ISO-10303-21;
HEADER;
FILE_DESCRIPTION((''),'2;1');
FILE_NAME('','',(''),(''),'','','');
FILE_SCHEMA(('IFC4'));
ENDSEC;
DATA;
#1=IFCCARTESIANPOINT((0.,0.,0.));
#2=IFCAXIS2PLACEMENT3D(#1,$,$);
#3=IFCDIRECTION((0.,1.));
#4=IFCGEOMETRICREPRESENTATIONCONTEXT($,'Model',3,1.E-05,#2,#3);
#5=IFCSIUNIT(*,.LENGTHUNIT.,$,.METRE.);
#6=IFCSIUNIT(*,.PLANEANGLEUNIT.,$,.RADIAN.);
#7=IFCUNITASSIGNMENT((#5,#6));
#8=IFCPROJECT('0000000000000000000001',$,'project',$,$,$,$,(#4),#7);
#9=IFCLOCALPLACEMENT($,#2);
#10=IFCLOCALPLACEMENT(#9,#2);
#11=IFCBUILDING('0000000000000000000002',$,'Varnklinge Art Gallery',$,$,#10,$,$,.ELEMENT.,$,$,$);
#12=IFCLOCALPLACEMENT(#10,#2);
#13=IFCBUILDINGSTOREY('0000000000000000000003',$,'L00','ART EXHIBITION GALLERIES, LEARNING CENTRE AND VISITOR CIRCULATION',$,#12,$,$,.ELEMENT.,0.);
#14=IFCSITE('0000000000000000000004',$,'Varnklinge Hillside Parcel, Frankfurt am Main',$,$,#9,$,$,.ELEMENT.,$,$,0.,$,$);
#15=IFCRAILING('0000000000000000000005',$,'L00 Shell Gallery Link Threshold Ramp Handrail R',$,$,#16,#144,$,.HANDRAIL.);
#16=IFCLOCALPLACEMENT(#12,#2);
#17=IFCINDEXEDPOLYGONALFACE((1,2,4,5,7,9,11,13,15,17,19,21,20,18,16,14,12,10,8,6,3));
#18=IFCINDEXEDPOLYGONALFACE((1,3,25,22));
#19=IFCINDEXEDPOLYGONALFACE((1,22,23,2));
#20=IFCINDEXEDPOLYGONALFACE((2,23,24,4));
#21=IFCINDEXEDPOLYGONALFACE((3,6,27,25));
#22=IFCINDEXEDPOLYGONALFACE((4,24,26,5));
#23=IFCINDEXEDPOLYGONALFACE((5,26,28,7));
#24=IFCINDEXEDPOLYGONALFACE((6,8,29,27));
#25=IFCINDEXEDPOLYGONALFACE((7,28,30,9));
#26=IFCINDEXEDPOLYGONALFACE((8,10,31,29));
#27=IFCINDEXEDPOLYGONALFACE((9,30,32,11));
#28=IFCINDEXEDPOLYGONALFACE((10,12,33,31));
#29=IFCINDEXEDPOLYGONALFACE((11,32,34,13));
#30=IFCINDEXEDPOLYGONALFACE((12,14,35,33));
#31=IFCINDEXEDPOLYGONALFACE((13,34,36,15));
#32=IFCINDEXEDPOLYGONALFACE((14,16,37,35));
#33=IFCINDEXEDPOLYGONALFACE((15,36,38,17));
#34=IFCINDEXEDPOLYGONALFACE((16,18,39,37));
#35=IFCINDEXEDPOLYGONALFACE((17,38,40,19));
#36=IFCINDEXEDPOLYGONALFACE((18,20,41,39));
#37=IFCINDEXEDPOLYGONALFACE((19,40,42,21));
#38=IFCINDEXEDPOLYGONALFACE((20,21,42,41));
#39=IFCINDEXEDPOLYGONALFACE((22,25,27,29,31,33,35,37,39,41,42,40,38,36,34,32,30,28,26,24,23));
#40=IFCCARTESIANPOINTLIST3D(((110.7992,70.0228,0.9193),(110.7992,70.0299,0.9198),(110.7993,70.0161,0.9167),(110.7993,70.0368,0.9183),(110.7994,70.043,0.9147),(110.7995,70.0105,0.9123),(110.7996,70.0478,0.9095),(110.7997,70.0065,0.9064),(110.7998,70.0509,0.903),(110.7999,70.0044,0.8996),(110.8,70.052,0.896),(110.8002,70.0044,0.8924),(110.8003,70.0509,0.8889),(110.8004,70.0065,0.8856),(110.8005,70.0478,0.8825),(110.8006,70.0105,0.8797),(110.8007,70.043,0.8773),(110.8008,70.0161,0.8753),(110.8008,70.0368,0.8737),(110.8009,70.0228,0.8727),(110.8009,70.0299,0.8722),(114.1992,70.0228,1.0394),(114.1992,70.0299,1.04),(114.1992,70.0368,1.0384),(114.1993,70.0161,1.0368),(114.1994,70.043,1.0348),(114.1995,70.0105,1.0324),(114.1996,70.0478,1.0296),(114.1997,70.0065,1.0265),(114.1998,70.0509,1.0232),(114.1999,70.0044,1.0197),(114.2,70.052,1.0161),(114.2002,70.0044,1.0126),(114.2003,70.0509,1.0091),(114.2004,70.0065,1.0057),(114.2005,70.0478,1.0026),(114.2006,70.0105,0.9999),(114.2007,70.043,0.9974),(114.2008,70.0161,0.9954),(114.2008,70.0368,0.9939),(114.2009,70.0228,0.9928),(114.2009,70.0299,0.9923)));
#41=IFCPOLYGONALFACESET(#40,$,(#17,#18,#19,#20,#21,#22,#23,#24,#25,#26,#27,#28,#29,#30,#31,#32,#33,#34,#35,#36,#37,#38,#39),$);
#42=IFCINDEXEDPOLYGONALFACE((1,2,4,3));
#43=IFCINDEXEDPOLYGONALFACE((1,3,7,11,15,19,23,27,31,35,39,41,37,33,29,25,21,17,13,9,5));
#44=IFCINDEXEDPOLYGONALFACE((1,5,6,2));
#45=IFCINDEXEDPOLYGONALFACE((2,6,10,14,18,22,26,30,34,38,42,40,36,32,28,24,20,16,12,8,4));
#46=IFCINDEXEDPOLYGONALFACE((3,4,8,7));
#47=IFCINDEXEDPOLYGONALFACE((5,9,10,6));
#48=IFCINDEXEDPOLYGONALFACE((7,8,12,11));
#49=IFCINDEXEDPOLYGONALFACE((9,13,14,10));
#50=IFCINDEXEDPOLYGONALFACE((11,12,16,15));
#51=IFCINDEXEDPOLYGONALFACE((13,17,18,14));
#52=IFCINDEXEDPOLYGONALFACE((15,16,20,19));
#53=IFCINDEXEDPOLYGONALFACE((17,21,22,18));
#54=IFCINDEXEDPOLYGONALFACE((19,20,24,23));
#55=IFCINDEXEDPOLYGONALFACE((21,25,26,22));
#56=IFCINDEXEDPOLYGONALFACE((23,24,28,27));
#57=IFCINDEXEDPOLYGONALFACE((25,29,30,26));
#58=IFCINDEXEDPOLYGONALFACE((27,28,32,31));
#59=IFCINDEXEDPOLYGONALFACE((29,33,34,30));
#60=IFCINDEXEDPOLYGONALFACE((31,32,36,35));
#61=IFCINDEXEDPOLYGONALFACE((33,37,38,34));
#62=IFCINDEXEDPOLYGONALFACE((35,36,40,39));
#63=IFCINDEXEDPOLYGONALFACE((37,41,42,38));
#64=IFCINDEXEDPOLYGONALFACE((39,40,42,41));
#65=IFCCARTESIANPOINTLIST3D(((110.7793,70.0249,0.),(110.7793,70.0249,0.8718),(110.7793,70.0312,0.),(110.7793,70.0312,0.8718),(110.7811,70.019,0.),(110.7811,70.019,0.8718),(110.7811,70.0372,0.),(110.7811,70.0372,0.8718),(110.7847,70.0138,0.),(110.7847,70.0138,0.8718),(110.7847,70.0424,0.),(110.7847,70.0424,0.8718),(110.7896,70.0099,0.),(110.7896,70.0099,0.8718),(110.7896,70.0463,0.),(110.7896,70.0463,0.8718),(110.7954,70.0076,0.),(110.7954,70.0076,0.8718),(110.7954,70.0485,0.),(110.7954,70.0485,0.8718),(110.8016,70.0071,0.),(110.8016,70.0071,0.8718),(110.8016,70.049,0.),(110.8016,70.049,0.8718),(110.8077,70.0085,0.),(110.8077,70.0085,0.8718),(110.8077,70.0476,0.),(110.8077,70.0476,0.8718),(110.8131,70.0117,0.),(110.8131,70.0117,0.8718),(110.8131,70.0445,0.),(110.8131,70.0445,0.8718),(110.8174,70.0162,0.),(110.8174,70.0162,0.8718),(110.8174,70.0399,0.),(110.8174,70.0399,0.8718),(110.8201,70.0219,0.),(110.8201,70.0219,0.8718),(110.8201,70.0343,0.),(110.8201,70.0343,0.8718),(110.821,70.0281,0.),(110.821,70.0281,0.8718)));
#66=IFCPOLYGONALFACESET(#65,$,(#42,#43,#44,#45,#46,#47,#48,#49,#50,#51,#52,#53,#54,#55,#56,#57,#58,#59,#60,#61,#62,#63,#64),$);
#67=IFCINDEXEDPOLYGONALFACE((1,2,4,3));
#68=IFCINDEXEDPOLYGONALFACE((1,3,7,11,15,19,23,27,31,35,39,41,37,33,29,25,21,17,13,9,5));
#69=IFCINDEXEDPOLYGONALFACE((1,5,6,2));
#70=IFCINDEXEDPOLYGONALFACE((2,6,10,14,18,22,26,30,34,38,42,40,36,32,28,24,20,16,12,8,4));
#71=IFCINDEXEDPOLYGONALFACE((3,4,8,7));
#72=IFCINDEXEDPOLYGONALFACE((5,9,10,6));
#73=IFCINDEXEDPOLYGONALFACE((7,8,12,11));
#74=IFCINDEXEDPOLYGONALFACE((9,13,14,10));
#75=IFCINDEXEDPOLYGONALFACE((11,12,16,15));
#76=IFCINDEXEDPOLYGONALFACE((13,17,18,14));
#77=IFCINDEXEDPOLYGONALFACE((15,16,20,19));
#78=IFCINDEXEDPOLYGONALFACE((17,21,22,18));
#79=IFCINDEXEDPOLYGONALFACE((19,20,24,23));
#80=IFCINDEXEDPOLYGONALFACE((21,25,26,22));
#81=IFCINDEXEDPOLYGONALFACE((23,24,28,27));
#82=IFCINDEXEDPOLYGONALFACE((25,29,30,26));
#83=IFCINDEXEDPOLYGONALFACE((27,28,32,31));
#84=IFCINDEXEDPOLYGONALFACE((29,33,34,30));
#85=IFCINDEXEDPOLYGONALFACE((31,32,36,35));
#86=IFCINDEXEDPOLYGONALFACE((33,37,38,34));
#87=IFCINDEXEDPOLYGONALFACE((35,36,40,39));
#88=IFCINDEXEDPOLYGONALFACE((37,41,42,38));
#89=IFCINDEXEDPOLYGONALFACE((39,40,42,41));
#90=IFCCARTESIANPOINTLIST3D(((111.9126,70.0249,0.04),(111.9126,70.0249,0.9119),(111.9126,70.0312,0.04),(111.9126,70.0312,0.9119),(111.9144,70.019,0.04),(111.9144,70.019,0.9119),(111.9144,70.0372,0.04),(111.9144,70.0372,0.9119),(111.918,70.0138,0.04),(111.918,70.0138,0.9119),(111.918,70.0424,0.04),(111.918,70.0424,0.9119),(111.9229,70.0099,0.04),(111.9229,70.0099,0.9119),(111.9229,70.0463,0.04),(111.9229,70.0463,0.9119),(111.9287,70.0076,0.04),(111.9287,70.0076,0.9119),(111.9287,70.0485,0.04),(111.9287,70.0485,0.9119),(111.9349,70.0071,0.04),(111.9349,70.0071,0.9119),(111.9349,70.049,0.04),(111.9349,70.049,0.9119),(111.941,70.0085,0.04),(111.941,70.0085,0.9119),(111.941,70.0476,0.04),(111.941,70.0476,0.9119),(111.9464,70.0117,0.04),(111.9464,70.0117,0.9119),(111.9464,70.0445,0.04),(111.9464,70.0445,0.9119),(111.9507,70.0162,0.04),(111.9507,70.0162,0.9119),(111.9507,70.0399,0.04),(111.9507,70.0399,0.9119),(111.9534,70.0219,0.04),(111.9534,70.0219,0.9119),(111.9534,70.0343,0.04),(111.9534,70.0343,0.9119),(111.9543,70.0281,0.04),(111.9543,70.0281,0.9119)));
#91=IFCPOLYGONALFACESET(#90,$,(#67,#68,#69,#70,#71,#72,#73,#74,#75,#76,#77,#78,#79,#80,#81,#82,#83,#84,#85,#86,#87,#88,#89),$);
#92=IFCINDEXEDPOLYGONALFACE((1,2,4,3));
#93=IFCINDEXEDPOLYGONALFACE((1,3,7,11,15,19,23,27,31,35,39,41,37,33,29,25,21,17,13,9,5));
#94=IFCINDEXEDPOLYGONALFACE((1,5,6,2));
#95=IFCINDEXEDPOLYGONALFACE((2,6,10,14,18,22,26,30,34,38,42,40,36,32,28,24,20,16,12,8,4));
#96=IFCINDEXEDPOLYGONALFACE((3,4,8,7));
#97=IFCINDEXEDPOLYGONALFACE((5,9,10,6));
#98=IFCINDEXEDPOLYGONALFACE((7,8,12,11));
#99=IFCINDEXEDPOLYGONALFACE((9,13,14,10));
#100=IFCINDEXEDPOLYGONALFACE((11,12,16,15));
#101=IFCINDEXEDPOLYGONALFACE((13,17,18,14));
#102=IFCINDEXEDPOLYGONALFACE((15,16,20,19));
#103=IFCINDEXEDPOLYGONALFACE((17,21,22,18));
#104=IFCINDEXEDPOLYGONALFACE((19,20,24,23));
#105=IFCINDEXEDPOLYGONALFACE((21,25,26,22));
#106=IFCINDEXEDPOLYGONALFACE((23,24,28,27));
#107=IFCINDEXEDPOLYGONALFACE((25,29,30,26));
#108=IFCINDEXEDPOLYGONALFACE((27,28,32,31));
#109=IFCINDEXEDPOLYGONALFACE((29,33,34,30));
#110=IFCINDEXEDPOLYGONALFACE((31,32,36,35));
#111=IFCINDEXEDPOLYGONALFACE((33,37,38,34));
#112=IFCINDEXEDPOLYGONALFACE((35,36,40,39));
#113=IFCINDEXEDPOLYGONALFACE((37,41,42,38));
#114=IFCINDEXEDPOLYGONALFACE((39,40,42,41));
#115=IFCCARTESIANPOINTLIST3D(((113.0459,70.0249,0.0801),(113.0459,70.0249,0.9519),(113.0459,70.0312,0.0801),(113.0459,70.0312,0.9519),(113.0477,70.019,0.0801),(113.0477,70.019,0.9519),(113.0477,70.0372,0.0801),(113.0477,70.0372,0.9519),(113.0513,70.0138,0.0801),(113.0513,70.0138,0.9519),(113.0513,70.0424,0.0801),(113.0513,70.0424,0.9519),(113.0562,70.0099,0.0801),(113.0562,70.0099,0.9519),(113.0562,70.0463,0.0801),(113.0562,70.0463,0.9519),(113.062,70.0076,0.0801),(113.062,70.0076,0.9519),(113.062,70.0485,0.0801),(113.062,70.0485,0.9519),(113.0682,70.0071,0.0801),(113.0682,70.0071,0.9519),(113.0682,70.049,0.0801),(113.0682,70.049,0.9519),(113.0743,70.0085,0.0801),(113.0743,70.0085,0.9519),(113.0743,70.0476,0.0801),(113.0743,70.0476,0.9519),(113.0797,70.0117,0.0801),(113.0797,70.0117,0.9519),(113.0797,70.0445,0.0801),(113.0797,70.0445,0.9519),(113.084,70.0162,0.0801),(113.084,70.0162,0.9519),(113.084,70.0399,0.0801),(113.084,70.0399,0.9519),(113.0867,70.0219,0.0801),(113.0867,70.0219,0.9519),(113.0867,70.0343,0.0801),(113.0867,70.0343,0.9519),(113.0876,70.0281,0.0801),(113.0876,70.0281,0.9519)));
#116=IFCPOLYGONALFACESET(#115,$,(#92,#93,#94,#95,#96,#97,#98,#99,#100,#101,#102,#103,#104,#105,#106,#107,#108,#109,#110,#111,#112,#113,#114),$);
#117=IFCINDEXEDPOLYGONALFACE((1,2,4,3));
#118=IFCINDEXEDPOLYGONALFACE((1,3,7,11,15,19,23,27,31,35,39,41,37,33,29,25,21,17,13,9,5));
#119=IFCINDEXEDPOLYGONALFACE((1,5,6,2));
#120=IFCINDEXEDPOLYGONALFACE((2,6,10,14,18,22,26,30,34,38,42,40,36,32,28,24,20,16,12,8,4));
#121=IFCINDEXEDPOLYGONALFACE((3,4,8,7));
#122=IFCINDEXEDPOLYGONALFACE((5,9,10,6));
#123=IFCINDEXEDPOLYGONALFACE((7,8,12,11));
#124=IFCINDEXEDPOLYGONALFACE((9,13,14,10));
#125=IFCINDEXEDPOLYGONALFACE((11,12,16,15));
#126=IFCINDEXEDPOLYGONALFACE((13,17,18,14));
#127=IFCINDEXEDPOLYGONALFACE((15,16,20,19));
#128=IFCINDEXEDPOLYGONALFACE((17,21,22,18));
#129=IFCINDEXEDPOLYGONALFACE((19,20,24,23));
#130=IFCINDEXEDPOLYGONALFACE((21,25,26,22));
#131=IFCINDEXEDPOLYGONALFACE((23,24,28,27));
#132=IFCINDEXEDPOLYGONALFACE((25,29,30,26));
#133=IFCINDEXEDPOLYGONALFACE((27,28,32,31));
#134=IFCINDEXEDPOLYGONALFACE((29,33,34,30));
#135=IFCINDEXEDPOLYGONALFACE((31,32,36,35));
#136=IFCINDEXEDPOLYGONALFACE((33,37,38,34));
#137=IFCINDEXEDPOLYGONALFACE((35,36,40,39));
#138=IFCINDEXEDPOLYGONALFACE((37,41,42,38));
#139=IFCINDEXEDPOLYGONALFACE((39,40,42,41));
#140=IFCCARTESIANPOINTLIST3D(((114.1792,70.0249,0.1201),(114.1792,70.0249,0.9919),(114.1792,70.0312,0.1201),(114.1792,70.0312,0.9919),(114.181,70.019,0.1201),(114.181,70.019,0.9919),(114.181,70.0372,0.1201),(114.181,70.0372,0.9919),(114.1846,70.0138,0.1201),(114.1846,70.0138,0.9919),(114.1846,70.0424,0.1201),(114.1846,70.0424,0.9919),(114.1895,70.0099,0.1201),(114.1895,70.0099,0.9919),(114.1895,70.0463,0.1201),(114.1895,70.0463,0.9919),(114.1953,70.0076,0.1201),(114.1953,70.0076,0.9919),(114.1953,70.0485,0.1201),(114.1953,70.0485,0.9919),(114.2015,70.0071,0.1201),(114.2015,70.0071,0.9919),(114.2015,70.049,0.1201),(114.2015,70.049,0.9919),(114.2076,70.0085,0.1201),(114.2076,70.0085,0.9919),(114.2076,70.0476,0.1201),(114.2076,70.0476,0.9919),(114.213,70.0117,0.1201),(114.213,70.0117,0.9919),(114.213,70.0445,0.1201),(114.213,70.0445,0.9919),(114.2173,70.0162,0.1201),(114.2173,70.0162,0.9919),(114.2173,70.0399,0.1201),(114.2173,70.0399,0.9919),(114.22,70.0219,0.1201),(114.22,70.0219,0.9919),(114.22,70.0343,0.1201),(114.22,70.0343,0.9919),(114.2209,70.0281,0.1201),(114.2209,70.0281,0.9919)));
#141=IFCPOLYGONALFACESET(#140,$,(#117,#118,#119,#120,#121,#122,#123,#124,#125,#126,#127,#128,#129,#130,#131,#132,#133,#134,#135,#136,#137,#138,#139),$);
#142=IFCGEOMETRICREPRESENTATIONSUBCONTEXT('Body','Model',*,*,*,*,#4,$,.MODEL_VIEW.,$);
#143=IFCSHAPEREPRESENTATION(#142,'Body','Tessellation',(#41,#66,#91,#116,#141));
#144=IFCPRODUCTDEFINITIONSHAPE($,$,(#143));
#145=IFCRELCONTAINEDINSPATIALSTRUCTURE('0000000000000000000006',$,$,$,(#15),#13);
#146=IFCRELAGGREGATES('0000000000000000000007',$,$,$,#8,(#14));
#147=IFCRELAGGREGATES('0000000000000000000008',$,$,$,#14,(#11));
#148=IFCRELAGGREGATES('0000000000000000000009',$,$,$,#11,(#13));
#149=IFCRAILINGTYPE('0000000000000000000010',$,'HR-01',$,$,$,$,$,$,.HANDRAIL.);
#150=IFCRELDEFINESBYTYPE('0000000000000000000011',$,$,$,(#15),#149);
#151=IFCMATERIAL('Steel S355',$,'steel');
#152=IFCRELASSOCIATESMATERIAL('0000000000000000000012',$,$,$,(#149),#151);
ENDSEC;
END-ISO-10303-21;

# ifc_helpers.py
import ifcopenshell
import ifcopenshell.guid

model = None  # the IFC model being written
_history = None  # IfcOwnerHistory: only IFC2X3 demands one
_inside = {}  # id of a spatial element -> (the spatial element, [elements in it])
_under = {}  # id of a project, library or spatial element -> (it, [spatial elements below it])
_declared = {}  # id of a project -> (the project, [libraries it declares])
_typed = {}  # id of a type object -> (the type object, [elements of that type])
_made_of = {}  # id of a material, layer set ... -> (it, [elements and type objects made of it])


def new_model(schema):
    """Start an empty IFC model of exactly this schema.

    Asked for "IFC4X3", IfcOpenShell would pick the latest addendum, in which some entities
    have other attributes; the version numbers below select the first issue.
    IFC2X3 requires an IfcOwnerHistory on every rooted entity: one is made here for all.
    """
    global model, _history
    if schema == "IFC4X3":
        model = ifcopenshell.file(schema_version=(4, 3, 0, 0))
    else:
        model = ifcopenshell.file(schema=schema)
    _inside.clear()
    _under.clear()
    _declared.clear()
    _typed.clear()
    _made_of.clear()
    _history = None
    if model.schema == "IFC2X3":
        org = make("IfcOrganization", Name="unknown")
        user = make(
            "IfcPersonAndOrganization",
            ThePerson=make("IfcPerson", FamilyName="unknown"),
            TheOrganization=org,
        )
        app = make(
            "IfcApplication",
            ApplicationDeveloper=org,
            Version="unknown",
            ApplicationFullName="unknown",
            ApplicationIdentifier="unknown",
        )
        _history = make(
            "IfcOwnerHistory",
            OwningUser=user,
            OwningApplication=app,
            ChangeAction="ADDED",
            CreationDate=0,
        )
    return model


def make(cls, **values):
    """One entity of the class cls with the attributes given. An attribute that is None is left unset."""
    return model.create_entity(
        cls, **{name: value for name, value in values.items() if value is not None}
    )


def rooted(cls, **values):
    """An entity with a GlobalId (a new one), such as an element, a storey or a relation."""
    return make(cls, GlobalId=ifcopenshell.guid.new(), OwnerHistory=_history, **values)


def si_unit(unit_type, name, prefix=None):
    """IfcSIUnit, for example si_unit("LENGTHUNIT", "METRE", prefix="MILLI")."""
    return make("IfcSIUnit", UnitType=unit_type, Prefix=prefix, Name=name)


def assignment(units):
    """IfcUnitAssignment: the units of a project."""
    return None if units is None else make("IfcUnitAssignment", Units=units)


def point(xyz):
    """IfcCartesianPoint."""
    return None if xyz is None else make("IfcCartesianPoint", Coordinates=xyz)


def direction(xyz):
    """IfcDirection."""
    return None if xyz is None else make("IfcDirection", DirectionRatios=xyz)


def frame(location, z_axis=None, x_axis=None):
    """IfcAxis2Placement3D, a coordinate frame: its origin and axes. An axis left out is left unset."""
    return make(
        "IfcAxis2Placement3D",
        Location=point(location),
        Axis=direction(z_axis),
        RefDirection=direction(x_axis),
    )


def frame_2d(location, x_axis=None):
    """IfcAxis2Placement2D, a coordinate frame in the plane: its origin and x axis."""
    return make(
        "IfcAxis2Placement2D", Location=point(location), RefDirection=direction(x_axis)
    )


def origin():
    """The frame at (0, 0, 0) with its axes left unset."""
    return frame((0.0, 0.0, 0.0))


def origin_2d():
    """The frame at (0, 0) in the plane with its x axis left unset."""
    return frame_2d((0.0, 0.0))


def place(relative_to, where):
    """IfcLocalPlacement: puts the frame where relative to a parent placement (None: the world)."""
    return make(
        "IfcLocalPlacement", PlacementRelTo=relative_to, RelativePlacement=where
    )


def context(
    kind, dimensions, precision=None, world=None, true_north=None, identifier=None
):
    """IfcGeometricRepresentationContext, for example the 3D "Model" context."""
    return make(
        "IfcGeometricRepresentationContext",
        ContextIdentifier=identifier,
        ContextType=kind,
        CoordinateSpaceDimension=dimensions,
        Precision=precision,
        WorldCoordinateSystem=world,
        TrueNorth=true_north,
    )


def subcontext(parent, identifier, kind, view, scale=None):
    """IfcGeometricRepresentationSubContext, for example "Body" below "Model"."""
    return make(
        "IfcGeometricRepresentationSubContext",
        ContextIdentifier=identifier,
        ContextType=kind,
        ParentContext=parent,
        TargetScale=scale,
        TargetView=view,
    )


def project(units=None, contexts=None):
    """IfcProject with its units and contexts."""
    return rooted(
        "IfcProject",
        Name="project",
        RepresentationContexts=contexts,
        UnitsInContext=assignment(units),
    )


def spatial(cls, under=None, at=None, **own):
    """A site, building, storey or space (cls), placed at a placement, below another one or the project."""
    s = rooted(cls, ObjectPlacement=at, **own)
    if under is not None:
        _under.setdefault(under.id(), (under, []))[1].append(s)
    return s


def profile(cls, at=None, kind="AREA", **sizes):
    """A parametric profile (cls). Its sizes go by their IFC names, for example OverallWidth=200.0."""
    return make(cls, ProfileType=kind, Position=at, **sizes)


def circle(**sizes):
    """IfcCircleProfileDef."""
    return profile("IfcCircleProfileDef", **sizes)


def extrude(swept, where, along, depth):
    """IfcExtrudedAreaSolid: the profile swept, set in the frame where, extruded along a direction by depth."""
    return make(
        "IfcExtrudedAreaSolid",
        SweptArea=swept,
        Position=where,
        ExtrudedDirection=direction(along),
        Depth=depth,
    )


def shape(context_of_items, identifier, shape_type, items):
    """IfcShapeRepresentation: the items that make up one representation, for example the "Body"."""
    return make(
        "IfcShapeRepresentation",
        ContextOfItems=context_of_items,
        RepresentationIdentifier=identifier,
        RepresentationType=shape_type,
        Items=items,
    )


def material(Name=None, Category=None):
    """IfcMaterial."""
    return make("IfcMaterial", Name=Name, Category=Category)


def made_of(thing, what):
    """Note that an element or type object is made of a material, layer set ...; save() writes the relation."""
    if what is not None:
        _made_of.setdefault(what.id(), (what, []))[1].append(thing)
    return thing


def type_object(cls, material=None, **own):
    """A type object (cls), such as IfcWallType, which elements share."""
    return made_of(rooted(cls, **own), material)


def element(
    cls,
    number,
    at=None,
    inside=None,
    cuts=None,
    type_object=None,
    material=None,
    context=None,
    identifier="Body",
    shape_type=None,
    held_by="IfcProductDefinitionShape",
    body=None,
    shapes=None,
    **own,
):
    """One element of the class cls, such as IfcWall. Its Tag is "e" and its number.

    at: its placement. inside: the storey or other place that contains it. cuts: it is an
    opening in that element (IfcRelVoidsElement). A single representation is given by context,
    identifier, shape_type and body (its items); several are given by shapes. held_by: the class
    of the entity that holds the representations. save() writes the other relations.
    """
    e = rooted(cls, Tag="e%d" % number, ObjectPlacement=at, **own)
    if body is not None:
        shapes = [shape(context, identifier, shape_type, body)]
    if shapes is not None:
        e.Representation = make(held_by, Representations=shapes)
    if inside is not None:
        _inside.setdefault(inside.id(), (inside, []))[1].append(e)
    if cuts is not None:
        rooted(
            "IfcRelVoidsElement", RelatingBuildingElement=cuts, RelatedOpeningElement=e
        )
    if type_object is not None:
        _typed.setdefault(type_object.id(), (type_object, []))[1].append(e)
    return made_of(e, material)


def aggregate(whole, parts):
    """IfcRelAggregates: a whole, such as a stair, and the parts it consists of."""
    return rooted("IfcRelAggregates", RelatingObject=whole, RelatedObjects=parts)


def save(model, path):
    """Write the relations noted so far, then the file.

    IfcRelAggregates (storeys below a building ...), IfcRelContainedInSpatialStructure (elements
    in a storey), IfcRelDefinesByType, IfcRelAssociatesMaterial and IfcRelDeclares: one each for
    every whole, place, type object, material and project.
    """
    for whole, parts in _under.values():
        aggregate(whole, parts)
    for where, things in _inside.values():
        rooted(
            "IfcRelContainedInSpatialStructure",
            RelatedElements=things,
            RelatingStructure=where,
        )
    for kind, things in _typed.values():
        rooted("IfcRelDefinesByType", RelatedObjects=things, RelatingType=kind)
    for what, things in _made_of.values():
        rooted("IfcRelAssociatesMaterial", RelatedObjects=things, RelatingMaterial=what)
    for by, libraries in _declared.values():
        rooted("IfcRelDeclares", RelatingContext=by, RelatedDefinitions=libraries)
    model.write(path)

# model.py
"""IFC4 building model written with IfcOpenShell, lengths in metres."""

from ifc_helpers import new_model, si_unit, direction, frame, origin, origin_2d, place, context, subcontext, project, spatial, circle, extrude, material, type_object, element, save


model = new_model("IFC4")

# Units and contexts
model_context = context("Model", 3, precision=1e-05, world=origin(), true_north=direction((0.0, 1.0)))
body_context = subcontext(model_context, "Body", "Model", "MODEL_VIEW")
ifc_project = project(units=[si_unit("LENGTHUNIT", "METRE"), si_unit("PLANEANGLEUNIT", "RADIAN")], contexts=[model_context])

# Site, building, storey
site_placement = place(None, origin())
site = spatial("IfcSite", under=ifc_project, at=site_placement, Name="Varnklinge Hillside Parcel, Frankfurt am Main", CompositionType="ELEMENT", RefElevation=0.0)
building_placement = place(site_placement, origin())
building = spatial("IfcBuilding", under=site, at=building_placement, Name="Varnklinge Art Gallery", CompositionType="ELEMENT")
storey_placement = place(building_placement, origin())
storey = spatial("IfcBuildingStorey", under=building, at=storey_placement, Name="L00", Description="ART EXHIBITION GALLERIES, LEARNING CENTRE AND VISITOR CIRCULATION", CompositionType="ELEMENT", Elevation=0.0)

# Railing
ifc_material_1 = material(Name="Steel S355", Category="steel")
railing_type_1 = type_object("IfcRailingType", Name="HR-01", PredefinedType="HANDRAIL", material=ifc_material_1)
railing_1_placement = place(storey_placement, frame((110.8, 70.0281, 0.0)))
element("IfcRailing", 1, at=railing_1_placement, inside=storey, type_object=railing_type_1, Name="L00 Shell Gallery Link Threshold Ramp Handrail R", PredefinedType="HANDRAIL", context=body_context, shape_type="SweptSolid", body=[
    extrude(circle(Radius=0.0239, at=origin_2d()), frame((0.0, 0.0, 0.896), z_axis=(0.999376, 0.0, 0.035308), x_axis=(0.0, 1.0, 0.0)), (0.0, 0.0, 1.0), 3.4021),
    extrude(circle(Radius=0.021, at=origin_2d()), origin(), (0.0, 0.0, 1.0), 0.8718),
    extrude(circle(Radius=0.021, at=origin_2d()), frame((1.1333, 0.0, 0.04)), (0.0, 0.0, 1.0), 0.8718),
    extrude(circle(Radius=0.021, at=origin_2d()), frame((2.2666, 0.0, 0.0801)), (0.0, 0.0, 1.0), 0.8718),
    extrude(circle(Radius=0.021, at=origin_2d()), frame((3.3999, 0.0, 0.1201)), (0.0, 0.0, 1.0), 0.8718),
])

save(model, "model.ifc")
